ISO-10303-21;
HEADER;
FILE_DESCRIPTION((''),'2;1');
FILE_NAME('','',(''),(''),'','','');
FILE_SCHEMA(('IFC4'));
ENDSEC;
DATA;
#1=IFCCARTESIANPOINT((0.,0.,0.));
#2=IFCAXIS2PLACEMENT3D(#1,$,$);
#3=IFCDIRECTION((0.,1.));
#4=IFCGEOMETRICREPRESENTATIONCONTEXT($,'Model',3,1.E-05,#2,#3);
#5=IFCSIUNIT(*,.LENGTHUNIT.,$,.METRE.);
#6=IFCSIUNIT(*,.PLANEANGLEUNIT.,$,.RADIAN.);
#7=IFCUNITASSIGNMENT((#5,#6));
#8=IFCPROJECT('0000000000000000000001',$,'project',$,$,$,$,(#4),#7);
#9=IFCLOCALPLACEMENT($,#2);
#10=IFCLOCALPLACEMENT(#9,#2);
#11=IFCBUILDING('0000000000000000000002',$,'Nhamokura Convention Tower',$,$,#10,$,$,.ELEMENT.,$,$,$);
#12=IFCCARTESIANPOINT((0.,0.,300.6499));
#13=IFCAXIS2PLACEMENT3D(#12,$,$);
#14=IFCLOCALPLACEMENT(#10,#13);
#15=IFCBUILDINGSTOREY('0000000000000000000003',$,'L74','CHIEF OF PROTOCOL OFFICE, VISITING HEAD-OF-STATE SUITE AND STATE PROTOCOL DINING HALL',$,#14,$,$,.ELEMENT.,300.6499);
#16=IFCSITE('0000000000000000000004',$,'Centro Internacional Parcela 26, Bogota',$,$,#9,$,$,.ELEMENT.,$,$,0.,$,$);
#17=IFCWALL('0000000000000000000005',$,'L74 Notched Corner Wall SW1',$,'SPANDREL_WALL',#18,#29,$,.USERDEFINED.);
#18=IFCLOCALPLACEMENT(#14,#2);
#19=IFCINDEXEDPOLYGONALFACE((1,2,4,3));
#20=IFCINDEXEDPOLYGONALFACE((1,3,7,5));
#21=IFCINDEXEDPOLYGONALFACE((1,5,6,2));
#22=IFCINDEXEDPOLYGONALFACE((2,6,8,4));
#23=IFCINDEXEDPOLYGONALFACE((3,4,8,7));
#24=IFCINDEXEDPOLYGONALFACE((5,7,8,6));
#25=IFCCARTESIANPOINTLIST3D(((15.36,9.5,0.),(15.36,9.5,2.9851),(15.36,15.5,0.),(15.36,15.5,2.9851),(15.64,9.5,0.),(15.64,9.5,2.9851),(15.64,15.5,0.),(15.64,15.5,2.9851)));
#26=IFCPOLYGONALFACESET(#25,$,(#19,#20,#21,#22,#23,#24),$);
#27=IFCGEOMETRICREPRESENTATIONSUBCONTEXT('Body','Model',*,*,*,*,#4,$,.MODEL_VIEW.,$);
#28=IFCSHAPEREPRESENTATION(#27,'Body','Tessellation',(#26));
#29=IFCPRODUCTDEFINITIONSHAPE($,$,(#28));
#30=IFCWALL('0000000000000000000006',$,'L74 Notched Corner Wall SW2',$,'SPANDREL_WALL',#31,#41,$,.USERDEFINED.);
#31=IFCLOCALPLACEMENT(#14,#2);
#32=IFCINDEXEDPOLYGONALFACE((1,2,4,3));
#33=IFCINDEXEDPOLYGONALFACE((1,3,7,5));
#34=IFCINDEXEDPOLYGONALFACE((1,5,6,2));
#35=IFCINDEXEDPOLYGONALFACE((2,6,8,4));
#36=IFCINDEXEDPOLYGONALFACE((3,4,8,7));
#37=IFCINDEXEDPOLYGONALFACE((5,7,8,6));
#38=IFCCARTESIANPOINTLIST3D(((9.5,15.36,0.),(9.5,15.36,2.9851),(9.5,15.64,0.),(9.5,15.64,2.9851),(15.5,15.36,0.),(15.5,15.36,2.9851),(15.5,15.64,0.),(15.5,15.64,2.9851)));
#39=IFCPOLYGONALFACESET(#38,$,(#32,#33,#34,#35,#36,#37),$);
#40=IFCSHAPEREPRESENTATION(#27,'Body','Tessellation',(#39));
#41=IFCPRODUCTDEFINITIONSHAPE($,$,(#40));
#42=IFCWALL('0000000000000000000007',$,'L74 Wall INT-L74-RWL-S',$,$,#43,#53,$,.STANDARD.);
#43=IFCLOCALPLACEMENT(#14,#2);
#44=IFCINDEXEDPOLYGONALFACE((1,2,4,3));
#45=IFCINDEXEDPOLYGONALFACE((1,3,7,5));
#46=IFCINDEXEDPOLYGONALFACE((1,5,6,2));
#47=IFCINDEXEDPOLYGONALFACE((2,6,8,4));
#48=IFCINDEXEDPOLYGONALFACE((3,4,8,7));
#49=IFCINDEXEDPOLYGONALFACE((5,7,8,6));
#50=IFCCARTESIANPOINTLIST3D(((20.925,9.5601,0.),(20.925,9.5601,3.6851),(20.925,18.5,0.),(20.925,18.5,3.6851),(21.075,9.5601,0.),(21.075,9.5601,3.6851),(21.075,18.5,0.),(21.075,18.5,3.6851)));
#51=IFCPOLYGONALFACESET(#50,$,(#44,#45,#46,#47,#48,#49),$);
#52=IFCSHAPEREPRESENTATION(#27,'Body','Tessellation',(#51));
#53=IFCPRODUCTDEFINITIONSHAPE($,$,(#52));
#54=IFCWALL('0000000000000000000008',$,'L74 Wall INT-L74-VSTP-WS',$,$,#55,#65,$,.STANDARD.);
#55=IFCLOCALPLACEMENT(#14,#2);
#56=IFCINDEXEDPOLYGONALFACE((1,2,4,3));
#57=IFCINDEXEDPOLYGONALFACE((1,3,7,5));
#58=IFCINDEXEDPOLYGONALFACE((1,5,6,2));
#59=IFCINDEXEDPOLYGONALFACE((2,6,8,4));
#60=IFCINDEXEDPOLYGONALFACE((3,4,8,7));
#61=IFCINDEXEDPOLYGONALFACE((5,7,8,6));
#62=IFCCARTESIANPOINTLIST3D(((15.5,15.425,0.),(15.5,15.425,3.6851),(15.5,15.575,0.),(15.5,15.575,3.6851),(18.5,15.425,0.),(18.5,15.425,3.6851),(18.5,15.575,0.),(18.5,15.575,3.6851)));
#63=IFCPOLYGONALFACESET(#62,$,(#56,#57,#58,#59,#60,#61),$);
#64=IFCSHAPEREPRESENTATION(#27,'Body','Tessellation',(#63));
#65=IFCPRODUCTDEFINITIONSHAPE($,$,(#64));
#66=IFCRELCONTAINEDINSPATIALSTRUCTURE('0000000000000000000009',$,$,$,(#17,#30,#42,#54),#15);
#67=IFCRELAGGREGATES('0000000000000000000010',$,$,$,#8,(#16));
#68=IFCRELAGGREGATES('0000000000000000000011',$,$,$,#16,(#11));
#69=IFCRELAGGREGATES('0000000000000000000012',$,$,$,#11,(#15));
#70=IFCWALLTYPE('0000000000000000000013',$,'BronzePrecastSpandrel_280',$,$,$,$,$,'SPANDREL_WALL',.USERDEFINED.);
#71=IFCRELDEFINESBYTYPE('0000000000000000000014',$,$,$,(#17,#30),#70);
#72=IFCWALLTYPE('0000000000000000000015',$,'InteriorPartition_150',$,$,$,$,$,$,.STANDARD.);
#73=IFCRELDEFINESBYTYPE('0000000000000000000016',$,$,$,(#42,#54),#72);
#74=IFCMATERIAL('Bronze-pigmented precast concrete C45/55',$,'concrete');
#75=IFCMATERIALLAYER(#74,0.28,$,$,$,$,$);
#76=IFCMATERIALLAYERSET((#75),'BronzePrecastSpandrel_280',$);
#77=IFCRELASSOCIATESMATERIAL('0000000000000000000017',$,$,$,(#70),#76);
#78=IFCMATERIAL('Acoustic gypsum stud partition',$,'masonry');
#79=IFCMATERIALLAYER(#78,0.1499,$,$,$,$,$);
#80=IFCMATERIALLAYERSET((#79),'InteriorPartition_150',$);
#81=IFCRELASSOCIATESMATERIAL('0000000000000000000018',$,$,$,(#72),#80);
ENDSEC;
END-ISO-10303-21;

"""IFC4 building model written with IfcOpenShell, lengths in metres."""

from ifc_helpers import new_model, si_unit, direction, frame, frame_2d, origin, place, context, subcontext, project, spatial, rectangle, extrude, material, layer, layer_set, type_object, element, save


model = new_model("IFC4")

# Units and contexts
model_context = context("Model", 3, precision=1e-05, world=origin(), true_north=direction((0.0, 1.0)))
body_context = subcontext(model_context, "Body", "Model", "MODEL_VIEW")
ifc_project = project(units=[si_unit("LENGTHUNIT", "METRE"), si_unit("PLANEANGLEUNIT", "RADIAN")], contexts=[model_context])

# Site, building, storey
site_placement = place(None, origin())
site = spatial("IfcSite", under=ifc_project, at=site_placement, Name="Centro Internacional Parcela 26, Bogota", CompositionType="ELEMENT", RefElevation=0.0)
building_placement = place(site_placement, origin())
building = spatial("IfcBuilding", under=site, at=building_placement, Name="Nhamokura Convention Tower", CompositionType="ELEMENT")
storey_placement = place(building_placement, frame((0.0, 0.0, 300.6499)))
storey = spatial("IfcBuildingStorey", under=building, at=storey_placement, Name="L74", Description="CHIEF OF PROTOCOL OFFICE, VISITING HEAD-OF-STATE SUITE AND STATE PROTOCOL DINING HALL", CompositionType="ELEMENT", Elevation=300.6499)

# Walls
ifc_material_1 = material(Name="Bronze-pigmented precast concrete C45/55", Category="concrete")
ifc_layer_1 = layer(ifc_material_1, 0.28)
ifc_layer_set_1 = layer_set([ifc_layer_1], Name="BronzePrecastSpandrel_280")
wall_type_1 = type_object("IfcWallType", Name="BronzePrecastSpandrel_280", ElementType="SPANDREL_WALL", PredefinedType="USERDEFINED", material=ifc_layer_set_1)
for number, where, z_axis, x_axis, name in (
    (1, (15.5, 9.5, 0.0), (0.0, 0.0, 1.0), (0.0, 1.0, 0.0), "L74 Notched Corner Wall SW1"),
    (2, (15.5, 15.5, 0.0), (0.0, 0.0, 1.0), (-1.0, 0.0, 0.0), "L74 Notched Corner Wall SW2"),
):
    element("IfcWall", number, at=place(storey_placement, frame(where, z_axis=z_axis, x_axis=x_axis)), inside=storey, type_object=wall_type_1, Name=name, ObjectType="SPANDREL_WALL", PredefinedType="USERDEFINED", context=body_context, shape_type="SweptSolid", body=[
        extrude(rectangle(XDim=6.0, YDim=0.28, at=frame_2d((3.0, 0.0))), origin(), (0.0, 0.0, 1.0), 2.9851),
    ])
ifc_material_2 = material(Name="Acoustic gypsum stud partition", Category="masonry")
ifc_layer_2 = layer(ifc_material_2, 0.1499)
ifc_layer_set_2 = layer_set([ifc_layer_2], Name="InteriorPartition_150")
wall_type_2 = type_object("IfcWallType", Name="InteriorPartition_150", PredefinedType="STANDARD", material=ifc_layer_set_2)
wall_1_placement = place(storey_placement, frame((21.0, 9.5601, 0.0), z_axis=(0.0, 0.0, 1.0), x_axis=(0.0, 1.0, 0.0)))
element("IfcWall", 3, at=wall_1_placement, inside=storey, type_object=wall_type_2, Name="L74 Wall INT-L74-RWL-S", PredefinedType="STANDARD", context=body_context, shape_type="SweptSolid", body=[
    extrude(rectangle(XDim=8.9399, YDim=0.1499, at=frame_2d((4.47, 0.0))), origin(), (0.0, 0.0, 1.0), 3.6851),
])
wall_2_placement = place(storey_placement, frame((15.5, 15.5, 0.0), z_axis=(0.0, 0.0, 1.0), x_axis=(1.0, 0.0, 0.0)))
element("IfcWall", 4, at=wall_2_placement, inside=storey, type_object=wall_type_2, Name="L74 Wall INT-L74-VSTP-WS", PredefinedType="STANDARD", context=body_context, shape_type="SweptSolid", body=[
    extrude(rectangle(XDim=3.0, YDim=0.1499, at=frame_2d((1.5, 0.0))), origin(), (0.0, 0.0, 1.0), 3.6851),
])

save(model, "model.ifc")
